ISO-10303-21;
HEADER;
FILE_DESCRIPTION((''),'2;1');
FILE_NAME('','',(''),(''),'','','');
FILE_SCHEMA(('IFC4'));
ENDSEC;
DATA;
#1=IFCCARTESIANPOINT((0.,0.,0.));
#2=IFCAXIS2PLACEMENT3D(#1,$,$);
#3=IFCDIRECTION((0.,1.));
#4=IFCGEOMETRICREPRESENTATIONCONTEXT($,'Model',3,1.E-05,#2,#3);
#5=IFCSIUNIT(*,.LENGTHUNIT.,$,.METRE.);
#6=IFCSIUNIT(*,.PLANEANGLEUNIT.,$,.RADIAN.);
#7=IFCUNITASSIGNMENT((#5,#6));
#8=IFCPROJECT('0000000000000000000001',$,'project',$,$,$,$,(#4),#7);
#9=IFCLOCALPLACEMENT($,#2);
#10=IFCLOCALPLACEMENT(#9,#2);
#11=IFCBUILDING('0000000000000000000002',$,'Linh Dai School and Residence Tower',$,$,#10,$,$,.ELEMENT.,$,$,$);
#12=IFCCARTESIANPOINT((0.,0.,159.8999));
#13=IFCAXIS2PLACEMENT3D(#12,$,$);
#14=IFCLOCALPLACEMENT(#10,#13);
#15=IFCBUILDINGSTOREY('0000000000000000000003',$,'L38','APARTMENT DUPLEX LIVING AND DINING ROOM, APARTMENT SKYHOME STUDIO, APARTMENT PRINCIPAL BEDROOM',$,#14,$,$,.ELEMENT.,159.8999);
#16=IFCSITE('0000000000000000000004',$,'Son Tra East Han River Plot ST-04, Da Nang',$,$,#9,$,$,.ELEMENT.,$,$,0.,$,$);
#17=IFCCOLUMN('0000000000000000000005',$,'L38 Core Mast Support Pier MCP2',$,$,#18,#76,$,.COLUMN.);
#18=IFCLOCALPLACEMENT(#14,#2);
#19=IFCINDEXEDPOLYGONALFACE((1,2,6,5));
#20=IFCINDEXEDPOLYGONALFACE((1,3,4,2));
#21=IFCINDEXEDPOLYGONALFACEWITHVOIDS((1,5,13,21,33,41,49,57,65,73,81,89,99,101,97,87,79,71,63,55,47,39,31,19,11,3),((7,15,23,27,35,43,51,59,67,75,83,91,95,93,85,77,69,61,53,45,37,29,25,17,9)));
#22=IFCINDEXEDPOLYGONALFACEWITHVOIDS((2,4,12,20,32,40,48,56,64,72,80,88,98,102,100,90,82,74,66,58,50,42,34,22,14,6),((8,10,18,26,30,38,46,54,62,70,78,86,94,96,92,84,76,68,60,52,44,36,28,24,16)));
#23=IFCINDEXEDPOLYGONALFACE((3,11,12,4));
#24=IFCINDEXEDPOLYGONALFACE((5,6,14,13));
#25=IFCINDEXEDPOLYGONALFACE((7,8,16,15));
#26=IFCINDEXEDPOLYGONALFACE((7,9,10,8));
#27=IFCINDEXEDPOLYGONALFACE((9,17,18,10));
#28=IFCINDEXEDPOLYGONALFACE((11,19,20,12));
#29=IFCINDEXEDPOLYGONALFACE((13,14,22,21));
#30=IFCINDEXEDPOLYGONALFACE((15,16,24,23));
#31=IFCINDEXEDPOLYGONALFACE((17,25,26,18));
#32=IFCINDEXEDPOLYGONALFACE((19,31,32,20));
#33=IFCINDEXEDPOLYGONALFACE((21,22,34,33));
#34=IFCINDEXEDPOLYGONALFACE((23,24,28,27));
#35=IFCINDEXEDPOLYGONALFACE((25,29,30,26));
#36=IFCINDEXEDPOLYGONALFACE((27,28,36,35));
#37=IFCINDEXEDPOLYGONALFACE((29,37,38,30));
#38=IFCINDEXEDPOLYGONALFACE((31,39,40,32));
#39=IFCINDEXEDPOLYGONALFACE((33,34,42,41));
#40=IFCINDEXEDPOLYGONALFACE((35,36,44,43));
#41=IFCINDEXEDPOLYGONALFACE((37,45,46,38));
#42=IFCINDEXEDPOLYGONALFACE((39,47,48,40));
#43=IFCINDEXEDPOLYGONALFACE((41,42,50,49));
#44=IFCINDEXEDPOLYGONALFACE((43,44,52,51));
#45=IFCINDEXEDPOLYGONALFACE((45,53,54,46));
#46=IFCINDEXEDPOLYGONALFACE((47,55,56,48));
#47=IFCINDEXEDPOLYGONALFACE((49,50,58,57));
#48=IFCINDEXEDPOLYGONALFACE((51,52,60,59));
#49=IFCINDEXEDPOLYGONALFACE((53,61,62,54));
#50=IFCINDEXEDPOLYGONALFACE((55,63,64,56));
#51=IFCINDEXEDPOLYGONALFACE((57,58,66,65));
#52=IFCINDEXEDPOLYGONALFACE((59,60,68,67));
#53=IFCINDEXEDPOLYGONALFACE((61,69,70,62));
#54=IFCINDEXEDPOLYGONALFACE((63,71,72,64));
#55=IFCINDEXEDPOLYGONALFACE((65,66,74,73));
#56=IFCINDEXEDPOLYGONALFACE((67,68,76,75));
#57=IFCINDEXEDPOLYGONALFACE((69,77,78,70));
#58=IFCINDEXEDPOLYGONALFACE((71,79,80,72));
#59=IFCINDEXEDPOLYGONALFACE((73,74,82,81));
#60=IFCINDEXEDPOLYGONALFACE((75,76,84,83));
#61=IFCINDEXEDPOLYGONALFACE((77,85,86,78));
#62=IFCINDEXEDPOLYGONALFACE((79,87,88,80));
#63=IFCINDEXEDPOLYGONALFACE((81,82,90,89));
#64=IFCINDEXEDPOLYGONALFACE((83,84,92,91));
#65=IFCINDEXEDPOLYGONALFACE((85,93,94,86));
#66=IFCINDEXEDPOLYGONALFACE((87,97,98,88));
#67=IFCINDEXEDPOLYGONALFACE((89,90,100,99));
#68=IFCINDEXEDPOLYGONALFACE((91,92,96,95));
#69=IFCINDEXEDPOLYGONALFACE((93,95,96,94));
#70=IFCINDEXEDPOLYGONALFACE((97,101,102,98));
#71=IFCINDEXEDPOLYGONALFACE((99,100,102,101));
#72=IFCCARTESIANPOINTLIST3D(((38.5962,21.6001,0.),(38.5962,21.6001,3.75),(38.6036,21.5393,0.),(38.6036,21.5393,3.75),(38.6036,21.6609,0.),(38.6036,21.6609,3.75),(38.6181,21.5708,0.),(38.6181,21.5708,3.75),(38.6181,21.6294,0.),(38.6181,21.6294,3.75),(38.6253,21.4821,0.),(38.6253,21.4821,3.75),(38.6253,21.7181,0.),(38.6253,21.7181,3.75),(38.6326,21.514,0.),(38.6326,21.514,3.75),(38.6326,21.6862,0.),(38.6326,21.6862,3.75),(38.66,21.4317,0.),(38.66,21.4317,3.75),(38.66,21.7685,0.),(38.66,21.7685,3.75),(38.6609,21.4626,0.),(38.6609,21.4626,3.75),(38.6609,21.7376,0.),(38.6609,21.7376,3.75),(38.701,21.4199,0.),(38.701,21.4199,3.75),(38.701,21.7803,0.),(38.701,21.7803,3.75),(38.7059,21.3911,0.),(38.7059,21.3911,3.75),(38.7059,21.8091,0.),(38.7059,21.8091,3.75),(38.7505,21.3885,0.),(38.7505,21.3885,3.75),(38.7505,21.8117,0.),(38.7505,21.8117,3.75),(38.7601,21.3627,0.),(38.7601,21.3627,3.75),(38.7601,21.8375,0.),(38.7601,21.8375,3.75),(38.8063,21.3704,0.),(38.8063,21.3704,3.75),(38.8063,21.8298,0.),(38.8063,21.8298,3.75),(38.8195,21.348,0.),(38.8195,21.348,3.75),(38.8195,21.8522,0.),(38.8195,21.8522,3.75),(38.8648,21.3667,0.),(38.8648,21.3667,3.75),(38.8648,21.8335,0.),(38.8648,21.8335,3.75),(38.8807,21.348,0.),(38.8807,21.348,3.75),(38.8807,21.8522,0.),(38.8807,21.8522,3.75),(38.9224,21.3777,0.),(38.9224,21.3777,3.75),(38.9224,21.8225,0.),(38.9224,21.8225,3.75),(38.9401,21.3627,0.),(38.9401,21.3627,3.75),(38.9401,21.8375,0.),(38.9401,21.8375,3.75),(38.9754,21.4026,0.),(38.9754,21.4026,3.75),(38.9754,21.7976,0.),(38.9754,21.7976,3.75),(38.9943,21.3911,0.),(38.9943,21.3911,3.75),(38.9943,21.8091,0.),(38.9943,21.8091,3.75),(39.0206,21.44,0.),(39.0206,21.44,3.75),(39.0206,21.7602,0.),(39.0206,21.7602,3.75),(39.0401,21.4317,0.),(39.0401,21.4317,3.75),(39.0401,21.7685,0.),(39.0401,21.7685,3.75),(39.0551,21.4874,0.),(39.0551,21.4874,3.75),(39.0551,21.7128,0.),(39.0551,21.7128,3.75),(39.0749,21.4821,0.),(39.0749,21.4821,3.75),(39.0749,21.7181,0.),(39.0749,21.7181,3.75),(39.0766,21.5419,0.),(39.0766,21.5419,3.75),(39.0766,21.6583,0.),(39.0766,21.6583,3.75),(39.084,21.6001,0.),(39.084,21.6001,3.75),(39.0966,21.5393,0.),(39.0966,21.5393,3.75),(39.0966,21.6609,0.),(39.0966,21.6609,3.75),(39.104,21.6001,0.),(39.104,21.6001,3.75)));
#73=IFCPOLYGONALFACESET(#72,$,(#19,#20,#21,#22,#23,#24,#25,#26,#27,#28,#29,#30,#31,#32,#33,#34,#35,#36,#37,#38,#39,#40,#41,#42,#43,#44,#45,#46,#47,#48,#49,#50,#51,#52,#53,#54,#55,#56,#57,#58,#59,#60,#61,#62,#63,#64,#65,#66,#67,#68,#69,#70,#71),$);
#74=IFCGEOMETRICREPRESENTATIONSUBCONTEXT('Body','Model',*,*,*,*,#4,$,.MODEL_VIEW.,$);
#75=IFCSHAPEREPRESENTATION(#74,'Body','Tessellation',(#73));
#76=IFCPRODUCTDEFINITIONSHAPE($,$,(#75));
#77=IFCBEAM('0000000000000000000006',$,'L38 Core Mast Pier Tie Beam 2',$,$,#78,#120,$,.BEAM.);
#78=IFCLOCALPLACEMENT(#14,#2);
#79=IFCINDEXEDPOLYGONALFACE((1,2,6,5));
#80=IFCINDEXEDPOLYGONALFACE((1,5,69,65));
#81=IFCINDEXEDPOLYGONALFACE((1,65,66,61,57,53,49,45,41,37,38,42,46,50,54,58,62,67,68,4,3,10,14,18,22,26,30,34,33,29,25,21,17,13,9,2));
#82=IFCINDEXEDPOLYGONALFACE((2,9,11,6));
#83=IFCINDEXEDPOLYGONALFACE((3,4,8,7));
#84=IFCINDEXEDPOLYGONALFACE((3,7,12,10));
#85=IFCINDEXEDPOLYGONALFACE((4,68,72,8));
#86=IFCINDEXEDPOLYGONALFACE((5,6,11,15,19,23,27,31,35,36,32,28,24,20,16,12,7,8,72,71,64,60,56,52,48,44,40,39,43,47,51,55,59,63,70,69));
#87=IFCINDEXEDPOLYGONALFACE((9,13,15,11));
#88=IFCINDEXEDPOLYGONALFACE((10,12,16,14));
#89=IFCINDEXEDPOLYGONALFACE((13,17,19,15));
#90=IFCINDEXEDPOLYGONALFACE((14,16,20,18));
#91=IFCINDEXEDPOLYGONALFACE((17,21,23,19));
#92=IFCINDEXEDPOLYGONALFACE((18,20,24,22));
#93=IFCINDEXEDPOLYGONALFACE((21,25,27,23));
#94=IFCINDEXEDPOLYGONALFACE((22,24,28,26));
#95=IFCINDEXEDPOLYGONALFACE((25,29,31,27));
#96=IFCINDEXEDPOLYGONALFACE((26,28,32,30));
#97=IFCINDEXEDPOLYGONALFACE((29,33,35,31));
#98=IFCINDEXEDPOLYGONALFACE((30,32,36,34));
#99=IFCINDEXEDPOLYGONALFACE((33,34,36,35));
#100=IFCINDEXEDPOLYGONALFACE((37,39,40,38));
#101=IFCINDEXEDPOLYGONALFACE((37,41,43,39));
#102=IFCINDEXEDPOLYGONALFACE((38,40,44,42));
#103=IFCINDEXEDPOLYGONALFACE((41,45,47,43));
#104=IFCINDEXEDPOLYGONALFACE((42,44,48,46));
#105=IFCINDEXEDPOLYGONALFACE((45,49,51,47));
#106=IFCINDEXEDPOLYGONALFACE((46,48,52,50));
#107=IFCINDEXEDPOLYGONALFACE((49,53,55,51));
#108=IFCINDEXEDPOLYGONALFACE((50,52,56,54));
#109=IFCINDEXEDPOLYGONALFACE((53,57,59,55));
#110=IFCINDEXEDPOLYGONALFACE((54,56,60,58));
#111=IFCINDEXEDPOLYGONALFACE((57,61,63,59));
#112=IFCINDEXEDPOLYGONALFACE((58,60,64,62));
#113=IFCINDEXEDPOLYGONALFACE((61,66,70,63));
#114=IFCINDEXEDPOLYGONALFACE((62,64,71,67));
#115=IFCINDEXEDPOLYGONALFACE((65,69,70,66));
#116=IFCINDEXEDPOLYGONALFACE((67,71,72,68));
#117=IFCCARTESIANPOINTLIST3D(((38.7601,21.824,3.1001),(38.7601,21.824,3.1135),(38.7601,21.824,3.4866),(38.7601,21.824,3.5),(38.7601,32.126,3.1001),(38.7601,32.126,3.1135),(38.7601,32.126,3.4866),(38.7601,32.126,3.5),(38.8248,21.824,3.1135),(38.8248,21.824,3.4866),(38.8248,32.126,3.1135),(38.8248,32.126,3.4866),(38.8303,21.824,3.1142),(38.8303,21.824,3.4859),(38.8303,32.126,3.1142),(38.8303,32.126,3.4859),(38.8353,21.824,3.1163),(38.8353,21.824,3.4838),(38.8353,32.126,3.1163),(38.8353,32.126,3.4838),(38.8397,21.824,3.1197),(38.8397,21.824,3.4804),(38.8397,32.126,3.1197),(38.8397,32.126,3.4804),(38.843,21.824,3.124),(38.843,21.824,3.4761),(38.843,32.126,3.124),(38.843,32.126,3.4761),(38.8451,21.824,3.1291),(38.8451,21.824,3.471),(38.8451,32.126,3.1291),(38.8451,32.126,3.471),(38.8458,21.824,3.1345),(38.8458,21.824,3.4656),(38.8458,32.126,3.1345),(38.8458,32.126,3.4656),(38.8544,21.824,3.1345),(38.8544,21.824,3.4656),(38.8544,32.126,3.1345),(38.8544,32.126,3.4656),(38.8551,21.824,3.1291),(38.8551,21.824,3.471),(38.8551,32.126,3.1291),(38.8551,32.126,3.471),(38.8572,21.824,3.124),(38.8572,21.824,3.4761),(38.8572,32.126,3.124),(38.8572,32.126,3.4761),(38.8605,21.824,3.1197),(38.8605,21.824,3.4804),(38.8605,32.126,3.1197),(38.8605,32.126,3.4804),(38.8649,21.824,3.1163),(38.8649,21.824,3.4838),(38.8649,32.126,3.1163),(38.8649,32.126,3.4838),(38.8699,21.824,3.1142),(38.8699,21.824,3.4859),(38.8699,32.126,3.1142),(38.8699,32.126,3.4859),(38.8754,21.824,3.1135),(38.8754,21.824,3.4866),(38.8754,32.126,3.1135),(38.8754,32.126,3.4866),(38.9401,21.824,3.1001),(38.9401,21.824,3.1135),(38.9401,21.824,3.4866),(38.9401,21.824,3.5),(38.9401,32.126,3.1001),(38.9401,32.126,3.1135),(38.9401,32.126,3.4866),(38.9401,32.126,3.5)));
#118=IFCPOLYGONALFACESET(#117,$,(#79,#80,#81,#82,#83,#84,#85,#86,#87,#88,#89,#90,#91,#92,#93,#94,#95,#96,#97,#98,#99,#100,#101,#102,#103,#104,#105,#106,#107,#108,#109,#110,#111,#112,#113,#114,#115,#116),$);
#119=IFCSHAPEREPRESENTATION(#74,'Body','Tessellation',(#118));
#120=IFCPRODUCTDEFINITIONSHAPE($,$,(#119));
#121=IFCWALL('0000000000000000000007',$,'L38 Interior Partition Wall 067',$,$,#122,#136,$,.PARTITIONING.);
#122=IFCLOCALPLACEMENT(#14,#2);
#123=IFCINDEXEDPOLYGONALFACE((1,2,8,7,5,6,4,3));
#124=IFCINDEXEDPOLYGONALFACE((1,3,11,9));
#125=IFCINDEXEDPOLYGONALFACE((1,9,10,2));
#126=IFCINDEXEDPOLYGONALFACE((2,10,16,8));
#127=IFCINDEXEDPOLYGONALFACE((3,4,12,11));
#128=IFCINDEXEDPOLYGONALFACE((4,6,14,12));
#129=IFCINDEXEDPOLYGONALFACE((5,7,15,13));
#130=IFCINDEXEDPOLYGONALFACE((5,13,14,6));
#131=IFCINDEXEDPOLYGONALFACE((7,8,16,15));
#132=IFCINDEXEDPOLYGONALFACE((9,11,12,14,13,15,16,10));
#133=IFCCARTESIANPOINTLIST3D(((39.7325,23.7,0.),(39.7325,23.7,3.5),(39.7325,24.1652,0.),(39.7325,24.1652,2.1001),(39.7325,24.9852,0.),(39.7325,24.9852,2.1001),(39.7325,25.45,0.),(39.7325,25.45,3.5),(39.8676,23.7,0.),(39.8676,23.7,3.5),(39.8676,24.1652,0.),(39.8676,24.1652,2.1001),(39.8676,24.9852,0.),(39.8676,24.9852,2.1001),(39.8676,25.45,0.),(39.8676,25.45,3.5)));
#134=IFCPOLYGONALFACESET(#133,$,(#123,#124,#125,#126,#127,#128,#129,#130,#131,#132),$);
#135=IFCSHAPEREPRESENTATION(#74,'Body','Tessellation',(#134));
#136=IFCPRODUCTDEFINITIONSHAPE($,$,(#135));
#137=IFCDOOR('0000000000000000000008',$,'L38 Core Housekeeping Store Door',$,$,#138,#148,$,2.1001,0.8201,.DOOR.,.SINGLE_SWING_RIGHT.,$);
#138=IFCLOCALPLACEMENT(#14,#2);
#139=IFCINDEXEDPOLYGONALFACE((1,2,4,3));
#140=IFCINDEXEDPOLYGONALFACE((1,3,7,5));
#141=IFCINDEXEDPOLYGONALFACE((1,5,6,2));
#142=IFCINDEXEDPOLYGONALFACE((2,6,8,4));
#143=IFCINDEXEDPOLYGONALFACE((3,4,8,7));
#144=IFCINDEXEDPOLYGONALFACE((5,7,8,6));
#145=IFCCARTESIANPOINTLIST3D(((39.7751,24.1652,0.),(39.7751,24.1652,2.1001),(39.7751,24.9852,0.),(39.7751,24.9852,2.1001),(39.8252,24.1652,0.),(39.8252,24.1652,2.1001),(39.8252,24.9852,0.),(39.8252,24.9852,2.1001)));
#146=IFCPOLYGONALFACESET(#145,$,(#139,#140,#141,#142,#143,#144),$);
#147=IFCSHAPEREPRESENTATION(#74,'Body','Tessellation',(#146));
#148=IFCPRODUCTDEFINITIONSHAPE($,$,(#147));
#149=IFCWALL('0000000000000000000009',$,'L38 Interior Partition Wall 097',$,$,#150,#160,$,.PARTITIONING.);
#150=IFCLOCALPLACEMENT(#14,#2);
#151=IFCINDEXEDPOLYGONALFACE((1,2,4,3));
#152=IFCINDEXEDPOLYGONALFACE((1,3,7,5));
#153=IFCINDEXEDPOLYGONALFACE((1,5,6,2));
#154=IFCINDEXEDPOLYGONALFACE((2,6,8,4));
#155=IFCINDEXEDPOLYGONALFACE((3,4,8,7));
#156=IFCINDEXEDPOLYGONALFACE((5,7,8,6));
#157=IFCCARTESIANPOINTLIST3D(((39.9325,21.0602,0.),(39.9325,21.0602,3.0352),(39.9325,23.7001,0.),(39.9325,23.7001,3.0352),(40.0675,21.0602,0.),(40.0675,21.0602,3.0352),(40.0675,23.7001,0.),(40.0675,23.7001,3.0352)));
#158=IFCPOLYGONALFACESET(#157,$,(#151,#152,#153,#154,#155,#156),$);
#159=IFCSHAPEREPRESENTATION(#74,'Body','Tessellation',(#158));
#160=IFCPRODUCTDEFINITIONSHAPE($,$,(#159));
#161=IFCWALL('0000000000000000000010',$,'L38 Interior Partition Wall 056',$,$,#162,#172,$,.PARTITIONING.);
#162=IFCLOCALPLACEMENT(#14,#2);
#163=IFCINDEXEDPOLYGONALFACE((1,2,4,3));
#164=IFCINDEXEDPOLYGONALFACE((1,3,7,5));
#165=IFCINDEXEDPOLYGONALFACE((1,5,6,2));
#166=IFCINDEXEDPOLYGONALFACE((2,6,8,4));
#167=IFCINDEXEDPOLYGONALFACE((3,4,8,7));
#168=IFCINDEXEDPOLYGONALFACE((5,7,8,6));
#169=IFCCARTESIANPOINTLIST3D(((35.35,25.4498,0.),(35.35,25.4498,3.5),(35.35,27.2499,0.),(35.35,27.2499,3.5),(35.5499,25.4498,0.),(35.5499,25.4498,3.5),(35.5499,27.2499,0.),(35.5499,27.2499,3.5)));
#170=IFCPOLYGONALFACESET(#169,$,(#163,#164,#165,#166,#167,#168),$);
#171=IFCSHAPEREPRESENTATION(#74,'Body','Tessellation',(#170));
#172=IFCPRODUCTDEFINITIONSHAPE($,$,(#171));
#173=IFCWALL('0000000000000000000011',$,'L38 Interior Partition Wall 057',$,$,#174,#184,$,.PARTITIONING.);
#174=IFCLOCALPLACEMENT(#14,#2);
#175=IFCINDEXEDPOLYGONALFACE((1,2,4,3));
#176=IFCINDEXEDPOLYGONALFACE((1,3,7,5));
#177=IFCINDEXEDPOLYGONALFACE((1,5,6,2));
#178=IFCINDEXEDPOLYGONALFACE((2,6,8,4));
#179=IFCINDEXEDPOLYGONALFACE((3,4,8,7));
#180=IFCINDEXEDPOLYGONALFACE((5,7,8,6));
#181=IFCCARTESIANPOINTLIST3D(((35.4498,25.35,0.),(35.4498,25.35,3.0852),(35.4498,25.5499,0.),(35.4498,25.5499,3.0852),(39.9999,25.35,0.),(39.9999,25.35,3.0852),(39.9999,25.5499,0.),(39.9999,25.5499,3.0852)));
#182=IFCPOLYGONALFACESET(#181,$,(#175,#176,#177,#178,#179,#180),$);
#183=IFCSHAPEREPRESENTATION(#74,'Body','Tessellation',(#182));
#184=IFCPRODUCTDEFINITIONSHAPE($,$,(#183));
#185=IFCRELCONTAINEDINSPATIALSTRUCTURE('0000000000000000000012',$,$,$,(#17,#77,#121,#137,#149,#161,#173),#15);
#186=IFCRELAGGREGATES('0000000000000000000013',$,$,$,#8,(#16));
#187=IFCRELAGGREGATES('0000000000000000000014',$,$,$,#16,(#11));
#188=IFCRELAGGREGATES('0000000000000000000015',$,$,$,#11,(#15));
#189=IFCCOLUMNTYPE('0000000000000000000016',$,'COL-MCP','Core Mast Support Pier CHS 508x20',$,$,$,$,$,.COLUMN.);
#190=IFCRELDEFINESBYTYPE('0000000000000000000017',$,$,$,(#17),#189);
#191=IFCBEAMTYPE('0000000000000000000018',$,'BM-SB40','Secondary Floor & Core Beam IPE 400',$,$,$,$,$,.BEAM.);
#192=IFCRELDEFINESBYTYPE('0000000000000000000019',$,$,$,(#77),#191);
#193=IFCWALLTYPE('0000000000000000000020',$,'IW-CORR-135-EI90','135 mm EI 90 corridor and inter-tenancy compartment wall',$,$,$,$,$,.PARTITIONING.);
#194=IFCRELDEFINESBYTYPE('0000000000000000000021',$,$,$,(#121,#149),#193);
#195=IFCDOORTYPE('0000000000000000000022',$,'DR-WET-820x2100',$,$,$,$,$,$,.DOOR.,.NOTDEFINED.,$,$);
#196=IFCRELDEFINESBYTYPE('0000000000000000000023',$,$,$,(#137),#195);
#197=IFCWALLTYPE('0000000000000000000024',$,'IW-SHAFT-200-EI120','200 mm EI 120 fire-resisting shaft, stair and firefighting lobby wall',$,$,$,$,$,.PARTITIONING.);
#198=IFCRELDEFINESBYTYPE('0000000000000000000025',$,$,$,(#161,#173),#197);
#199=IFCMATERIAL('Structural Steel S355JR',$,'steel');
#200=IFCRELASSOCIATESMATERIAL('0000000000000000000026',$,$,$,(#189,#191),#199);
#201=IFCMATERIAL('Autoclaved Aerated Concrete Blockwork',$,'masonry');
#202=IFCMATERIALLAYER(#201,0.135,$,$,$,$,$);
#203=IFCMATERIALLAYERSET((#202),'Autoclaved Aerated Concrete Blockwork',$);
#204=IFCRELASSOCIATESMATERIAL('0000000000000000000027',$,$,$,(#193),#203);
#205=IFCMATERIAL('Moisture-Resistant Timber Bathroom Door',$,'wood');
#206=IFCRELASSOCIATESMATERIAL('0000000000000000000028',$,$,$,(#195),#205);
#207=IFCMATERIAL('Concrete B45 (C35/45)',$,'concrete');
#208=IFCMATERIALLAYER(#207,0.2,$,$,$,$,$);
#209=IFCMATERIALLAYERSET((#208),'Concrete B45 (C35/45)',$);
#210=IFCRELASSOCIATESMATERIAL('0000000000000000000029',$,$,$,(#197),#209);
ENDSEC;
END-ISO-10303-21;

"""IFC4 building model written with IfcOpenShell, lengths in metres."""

from ifc_helpers import new_model, si_unit, direction, frame, frame_2d, origin, origin_2d, place, context, subcontext, project, spatial, rectangle, hollow_circle, i_section, extrude, source, transform, mapped, material, layer, layer_set, material_profile, profile_set, type_object, element, fill, save


model = new_model("IFC4")

# Units and contexts
model_context = context("Model", 3, precision=1e-05, world=origin(), true_north=direction((0.0, 1.0)))
body_context = subcontext(model_context, "Body", "Model", "MODEL_VIEW")
ifc_project = project(units=[si_unit("LENGTHUNIT", "METRE"), si_unit("PLANEANGLEUNIT", "RADIAN")], contexts=[model_context])

# Site, building, storey
site_placement = place(None, origin())
site = spatial("IfcSite", under=ifc_project, at=site_placement, Name="Son Tra East Han River Plot ST-04, Da Nang", CompositionType="ELEMENT", RefElevation=0.0)
building_placement = place(site_placement, origin())
building = spatial("IfcBuilding", under=site, at=building_placement, Name="Linh Dai School and Residence Tower", CompositionType="ELEMENT")
storey_placement = place(building_placement, frame((0.0, 0.0, 159.8999)))
storey = spatial("IfcBuildingStorey", under=building, at=storey_placement, Name="L38", Description="APARTMENT DUPLEX LIVING AND DINING ROOM, APARTMENT SKYHOME STUDIO, APARTMENT PRINCIPAL BEDROOM", CompositionType="ELEMENT", Elevation=159.8999)

# Column
ifc_material_1 = material(Name="Structural Steel S355JR", Category="steel")
ifc_material_profile_1 = material_profile(ifc_material_1, hollow_circle(Radius=0.2539, WallThickness=0.02, at=origin_2d()), Name="CHS 508x20")
ifc_profile_set_1 = profile_set([ifc_material_profile_1], Name="Structural Steel S355JR")
column_type_1 = type_object("IfcColumnType", Name="COL-MCP", Description="Core Mast Support Pier CHS 508x20", PredefinedType="COLUMN", material=ifc_profile_set_1)
column_placement = place(storey_placement, frame((38.8501, 21.6001, 0.0), z_axis=(0.0, 0.0, 1.0), x_axis=(1.0, 0.0, 0.0)))
element("IfcColumn", 1, at=column_placement, inside=storey, type_object=column_type_1, Name="L38 Core Mast Support Pier MCP2", PredefinedType="COLUMN", context=body_context, shape_type="SweptSolid", body=[
    extrude(hollow_circle(Radius=0.2539, WallThickness=0.02, at=origin_2d()), origin(), (0.0, 0.0, 1.0), 3.75),
])

# Beam
ifc_material_profile_2 = material_profile(ifc_material_1, i_section(OverallWidth=0.1799, OverallDepth=0.3999, WebThickness=0.0085, FlangeThickness=0.0134, FilletRadius=0.021, at=origin_2d()), Name="IPE 400")
ifc_profile_set_2 = profile_set([ifc_material_profile_2], Name="Structural Steel S355JR")
beam_type = type_object("IfcBeamType", Name="BM-SB40", Description="Secondary Floor & Core Beam IPE 400", PredefinedType="BEAM", material=ifc_profile_set_2)
beam_placement = place(storey_placement, frame((38.8501, 21.824, 3.3), z_axis=(0.0, 1.0, 0.0), x_axis=(-1.0, 0.0, 0.0)))
element("IfcBeam", 2, at=beam_placement, inside=storey, type_object=beam_type, Name="L38 Core Mast Pier Tie Beam 2", PredefinedType="BEAM", context=body_context, shape_type="SweptSolid", body=[
    extrude(i_section(OverallWidth=0.1799, OverallDepth=0.3999, WebThickness=0.0085, FlangeThickness=0.0134, FilletRadius=0.021, at=origin_2d()), origin(), (0.0, 0.0, 1.0), 10.302),
])

# Wall, opening, door
ifc_material_2 = material(Name="Autoclaved Aerated Concrete Blockwork", Category="masonry")
ifc_layer_1 = layer(ifc_material_2, 0.135)
ifc_layer_set_1 = layer_set([ifc_layer_1], Name="Autoclaved Aerated Concrete Blockwork")
wall_type_1 = type_object("IfcWallType", Name="IW-CORR-135-EI90", Description="135 mm EI 90 corridor and inter-tenancy compartment wall", PredefinedType="PARTITIONING", material=ifc_layer_set_1)
wall_1_placement = place(storey_placement, frame((39.8, 23.7, 0.0), z_axis=(0.0, 0.0, 1.0), x_axis=(0.0, 1.0, 0.0)))
wall_1 = element("IfcWall", 3, at=wall_1_placement, inside=storey, type_object=wall_type_1, Name="L38 Interior Partition Wall 067", PredefinedType="PARTITIONING", context=body_context, shape_type="SweptSolid", body=[
    extrude(rectangle(XDim=1.75, YDim=0.135, at=frame_2d((0.875, 0.0))), origin(), (0.0, 0.0, 1.0), 3.5),
])
opening_placement = place(wall_1_placement, frame((0.4651, 0.0, 0.0)))
opening = element("IfcOpeningElement", 4, at=opening_placement, cuts=wall_1, PredefinedType="OPENING", context=body_context, shape_type="SweptSolid", body=[
    extrude(rectangle(XDim=0.8201, YDim=2.1001, at=origin_2d()), frame((0.4102, 0.0776, 1.05), z_axis=(0.0, -1.0, 0.0), x_axis=(1.0, 0.0, 0.0)), (0.0, 0.0, 1.0), 0.155),
])
ifc_material_3 = material(Name="Moisture-Resistant Timber Bathroom Door", Category="wood")
door_type = type_object("IfcDoorType", Name="DR-WET-820x2100", OperationType="NOTDEFINED", PredefinedType="DOOR", material=ifc_material_3)
shared_shape_1 = source(origin(), body_context, "Body", "SweptSolid", [
    extrude(rectangle(XDim=0.8201, YDim=2.1001, at=origin_2d()), frame((0.4102, 0.0249, 1.05), z_axis=(0.0, -1.0, 0.0), x_axis=(1.0, 0.0, 0.0)), (0.0, 0.0, 1.0), 0.05),
])
door_placement = place(opening_placement, origin())
door = element("IfcDoor", 5, at=door_placement, inside=storey, type_object=door_type, Name="L38 Core Housekeeping Store Door", OperationType="SINGLE_SWING_RIGHT", OverallHeight=2.1001, OverallWidth=0.8201, PredefinedType="DOOR", context=body_context, shape_type="MappedRepresentation", body=[
    mapped(shared_shape_1, transform((0.0, 0.0, 0.0), x_axis=(1.0, 0.0, 0.0), y_axis=(0.0, 1.0, 0.0), z_axis=(0.0, 0.0, 1.0), scale=1.0)),
])
fill(opening, door)

# Walls
wall_2_placement = place(storey_placement, frame((40.0, 23.7, 0.0), z_axis=(0.0, 0.0, 1.0), x_axis=(0.0, -1.0, 0.0)))
element("IfcWall", 6, at=wall_2_placement, inside=storey, type_object=wall_type_1, Name="L38 Interior Partition Wall 097", PredefinedType="PARTITIONING", context=body_context, shape_type="SweptSolid", body=[
    extrude(rectangle(XDim=2.6399, YDim=0.135, at=frame_2d((1.3198, 0.0))), origin(), (0.0, 0.0, 1.0), 3.0352),
])
ifc_material_4 = material(Name="Concrete B45 (C35/45)", Category="concrete")
ifc_layer_2 = layer(ifc_material_4, 0.2)
ifc_layer_set_2 = layer_set([ifc_layer_2], Name="Concrete B45 (C35/45)")
wall_type_2 = type_object("IfcWallType", Name="IW-SHAFT-200-EI120", Description="200 mm EI 120 fire-resisting shaft, stair and firefighting lobby wall", PredefinedType="PARTITIONING", material=ifc_layer_set_2)
wall_3_placement = place(storey_placement, frame((35.45, 25.45, 0.0), z_axis=(0.0, 0.0, 1.0), x_axis=(0.0, 1.0, 0.0)))
element("IfcWall", 7, at=wall_3_placement, inside=storey, type_object=wall_type_2, Name="L38 Interior Partition Wall 056", PredefinedType="PARTITIONING", context=body_context, shape_type="SweptSolid", body=[
    extrude(rectangle(XDim=1.8, YDim=0.2, at=frame_2d((0.8999, 0.0))), origin(), (0.0, 0.0, 1.0), 3.5),
])
wall_4_placement = place(storey_placement, frame((35.45, 25.45, 0.0), z_axis=(0.0, 0.0, 1.0), x_axis=(1.0, 0.0, 0.0)))
element("IfcWall", 8, at=wall_4_placement, inside=storey, type_object=wall_type_2, Name="L38 Interior Partition Wall 057", PredefinedType="PARTITIONING", context=body_context, shape_type="SweptSolid", body=[
    extrude(rectangle(XDim=4.55, YDim=0.2, at=frame_2d((2.2749, 0.0))), origin(), (0.0, 0.0, 1.0), 3.0852),
])

save(model, "model.ifc")
